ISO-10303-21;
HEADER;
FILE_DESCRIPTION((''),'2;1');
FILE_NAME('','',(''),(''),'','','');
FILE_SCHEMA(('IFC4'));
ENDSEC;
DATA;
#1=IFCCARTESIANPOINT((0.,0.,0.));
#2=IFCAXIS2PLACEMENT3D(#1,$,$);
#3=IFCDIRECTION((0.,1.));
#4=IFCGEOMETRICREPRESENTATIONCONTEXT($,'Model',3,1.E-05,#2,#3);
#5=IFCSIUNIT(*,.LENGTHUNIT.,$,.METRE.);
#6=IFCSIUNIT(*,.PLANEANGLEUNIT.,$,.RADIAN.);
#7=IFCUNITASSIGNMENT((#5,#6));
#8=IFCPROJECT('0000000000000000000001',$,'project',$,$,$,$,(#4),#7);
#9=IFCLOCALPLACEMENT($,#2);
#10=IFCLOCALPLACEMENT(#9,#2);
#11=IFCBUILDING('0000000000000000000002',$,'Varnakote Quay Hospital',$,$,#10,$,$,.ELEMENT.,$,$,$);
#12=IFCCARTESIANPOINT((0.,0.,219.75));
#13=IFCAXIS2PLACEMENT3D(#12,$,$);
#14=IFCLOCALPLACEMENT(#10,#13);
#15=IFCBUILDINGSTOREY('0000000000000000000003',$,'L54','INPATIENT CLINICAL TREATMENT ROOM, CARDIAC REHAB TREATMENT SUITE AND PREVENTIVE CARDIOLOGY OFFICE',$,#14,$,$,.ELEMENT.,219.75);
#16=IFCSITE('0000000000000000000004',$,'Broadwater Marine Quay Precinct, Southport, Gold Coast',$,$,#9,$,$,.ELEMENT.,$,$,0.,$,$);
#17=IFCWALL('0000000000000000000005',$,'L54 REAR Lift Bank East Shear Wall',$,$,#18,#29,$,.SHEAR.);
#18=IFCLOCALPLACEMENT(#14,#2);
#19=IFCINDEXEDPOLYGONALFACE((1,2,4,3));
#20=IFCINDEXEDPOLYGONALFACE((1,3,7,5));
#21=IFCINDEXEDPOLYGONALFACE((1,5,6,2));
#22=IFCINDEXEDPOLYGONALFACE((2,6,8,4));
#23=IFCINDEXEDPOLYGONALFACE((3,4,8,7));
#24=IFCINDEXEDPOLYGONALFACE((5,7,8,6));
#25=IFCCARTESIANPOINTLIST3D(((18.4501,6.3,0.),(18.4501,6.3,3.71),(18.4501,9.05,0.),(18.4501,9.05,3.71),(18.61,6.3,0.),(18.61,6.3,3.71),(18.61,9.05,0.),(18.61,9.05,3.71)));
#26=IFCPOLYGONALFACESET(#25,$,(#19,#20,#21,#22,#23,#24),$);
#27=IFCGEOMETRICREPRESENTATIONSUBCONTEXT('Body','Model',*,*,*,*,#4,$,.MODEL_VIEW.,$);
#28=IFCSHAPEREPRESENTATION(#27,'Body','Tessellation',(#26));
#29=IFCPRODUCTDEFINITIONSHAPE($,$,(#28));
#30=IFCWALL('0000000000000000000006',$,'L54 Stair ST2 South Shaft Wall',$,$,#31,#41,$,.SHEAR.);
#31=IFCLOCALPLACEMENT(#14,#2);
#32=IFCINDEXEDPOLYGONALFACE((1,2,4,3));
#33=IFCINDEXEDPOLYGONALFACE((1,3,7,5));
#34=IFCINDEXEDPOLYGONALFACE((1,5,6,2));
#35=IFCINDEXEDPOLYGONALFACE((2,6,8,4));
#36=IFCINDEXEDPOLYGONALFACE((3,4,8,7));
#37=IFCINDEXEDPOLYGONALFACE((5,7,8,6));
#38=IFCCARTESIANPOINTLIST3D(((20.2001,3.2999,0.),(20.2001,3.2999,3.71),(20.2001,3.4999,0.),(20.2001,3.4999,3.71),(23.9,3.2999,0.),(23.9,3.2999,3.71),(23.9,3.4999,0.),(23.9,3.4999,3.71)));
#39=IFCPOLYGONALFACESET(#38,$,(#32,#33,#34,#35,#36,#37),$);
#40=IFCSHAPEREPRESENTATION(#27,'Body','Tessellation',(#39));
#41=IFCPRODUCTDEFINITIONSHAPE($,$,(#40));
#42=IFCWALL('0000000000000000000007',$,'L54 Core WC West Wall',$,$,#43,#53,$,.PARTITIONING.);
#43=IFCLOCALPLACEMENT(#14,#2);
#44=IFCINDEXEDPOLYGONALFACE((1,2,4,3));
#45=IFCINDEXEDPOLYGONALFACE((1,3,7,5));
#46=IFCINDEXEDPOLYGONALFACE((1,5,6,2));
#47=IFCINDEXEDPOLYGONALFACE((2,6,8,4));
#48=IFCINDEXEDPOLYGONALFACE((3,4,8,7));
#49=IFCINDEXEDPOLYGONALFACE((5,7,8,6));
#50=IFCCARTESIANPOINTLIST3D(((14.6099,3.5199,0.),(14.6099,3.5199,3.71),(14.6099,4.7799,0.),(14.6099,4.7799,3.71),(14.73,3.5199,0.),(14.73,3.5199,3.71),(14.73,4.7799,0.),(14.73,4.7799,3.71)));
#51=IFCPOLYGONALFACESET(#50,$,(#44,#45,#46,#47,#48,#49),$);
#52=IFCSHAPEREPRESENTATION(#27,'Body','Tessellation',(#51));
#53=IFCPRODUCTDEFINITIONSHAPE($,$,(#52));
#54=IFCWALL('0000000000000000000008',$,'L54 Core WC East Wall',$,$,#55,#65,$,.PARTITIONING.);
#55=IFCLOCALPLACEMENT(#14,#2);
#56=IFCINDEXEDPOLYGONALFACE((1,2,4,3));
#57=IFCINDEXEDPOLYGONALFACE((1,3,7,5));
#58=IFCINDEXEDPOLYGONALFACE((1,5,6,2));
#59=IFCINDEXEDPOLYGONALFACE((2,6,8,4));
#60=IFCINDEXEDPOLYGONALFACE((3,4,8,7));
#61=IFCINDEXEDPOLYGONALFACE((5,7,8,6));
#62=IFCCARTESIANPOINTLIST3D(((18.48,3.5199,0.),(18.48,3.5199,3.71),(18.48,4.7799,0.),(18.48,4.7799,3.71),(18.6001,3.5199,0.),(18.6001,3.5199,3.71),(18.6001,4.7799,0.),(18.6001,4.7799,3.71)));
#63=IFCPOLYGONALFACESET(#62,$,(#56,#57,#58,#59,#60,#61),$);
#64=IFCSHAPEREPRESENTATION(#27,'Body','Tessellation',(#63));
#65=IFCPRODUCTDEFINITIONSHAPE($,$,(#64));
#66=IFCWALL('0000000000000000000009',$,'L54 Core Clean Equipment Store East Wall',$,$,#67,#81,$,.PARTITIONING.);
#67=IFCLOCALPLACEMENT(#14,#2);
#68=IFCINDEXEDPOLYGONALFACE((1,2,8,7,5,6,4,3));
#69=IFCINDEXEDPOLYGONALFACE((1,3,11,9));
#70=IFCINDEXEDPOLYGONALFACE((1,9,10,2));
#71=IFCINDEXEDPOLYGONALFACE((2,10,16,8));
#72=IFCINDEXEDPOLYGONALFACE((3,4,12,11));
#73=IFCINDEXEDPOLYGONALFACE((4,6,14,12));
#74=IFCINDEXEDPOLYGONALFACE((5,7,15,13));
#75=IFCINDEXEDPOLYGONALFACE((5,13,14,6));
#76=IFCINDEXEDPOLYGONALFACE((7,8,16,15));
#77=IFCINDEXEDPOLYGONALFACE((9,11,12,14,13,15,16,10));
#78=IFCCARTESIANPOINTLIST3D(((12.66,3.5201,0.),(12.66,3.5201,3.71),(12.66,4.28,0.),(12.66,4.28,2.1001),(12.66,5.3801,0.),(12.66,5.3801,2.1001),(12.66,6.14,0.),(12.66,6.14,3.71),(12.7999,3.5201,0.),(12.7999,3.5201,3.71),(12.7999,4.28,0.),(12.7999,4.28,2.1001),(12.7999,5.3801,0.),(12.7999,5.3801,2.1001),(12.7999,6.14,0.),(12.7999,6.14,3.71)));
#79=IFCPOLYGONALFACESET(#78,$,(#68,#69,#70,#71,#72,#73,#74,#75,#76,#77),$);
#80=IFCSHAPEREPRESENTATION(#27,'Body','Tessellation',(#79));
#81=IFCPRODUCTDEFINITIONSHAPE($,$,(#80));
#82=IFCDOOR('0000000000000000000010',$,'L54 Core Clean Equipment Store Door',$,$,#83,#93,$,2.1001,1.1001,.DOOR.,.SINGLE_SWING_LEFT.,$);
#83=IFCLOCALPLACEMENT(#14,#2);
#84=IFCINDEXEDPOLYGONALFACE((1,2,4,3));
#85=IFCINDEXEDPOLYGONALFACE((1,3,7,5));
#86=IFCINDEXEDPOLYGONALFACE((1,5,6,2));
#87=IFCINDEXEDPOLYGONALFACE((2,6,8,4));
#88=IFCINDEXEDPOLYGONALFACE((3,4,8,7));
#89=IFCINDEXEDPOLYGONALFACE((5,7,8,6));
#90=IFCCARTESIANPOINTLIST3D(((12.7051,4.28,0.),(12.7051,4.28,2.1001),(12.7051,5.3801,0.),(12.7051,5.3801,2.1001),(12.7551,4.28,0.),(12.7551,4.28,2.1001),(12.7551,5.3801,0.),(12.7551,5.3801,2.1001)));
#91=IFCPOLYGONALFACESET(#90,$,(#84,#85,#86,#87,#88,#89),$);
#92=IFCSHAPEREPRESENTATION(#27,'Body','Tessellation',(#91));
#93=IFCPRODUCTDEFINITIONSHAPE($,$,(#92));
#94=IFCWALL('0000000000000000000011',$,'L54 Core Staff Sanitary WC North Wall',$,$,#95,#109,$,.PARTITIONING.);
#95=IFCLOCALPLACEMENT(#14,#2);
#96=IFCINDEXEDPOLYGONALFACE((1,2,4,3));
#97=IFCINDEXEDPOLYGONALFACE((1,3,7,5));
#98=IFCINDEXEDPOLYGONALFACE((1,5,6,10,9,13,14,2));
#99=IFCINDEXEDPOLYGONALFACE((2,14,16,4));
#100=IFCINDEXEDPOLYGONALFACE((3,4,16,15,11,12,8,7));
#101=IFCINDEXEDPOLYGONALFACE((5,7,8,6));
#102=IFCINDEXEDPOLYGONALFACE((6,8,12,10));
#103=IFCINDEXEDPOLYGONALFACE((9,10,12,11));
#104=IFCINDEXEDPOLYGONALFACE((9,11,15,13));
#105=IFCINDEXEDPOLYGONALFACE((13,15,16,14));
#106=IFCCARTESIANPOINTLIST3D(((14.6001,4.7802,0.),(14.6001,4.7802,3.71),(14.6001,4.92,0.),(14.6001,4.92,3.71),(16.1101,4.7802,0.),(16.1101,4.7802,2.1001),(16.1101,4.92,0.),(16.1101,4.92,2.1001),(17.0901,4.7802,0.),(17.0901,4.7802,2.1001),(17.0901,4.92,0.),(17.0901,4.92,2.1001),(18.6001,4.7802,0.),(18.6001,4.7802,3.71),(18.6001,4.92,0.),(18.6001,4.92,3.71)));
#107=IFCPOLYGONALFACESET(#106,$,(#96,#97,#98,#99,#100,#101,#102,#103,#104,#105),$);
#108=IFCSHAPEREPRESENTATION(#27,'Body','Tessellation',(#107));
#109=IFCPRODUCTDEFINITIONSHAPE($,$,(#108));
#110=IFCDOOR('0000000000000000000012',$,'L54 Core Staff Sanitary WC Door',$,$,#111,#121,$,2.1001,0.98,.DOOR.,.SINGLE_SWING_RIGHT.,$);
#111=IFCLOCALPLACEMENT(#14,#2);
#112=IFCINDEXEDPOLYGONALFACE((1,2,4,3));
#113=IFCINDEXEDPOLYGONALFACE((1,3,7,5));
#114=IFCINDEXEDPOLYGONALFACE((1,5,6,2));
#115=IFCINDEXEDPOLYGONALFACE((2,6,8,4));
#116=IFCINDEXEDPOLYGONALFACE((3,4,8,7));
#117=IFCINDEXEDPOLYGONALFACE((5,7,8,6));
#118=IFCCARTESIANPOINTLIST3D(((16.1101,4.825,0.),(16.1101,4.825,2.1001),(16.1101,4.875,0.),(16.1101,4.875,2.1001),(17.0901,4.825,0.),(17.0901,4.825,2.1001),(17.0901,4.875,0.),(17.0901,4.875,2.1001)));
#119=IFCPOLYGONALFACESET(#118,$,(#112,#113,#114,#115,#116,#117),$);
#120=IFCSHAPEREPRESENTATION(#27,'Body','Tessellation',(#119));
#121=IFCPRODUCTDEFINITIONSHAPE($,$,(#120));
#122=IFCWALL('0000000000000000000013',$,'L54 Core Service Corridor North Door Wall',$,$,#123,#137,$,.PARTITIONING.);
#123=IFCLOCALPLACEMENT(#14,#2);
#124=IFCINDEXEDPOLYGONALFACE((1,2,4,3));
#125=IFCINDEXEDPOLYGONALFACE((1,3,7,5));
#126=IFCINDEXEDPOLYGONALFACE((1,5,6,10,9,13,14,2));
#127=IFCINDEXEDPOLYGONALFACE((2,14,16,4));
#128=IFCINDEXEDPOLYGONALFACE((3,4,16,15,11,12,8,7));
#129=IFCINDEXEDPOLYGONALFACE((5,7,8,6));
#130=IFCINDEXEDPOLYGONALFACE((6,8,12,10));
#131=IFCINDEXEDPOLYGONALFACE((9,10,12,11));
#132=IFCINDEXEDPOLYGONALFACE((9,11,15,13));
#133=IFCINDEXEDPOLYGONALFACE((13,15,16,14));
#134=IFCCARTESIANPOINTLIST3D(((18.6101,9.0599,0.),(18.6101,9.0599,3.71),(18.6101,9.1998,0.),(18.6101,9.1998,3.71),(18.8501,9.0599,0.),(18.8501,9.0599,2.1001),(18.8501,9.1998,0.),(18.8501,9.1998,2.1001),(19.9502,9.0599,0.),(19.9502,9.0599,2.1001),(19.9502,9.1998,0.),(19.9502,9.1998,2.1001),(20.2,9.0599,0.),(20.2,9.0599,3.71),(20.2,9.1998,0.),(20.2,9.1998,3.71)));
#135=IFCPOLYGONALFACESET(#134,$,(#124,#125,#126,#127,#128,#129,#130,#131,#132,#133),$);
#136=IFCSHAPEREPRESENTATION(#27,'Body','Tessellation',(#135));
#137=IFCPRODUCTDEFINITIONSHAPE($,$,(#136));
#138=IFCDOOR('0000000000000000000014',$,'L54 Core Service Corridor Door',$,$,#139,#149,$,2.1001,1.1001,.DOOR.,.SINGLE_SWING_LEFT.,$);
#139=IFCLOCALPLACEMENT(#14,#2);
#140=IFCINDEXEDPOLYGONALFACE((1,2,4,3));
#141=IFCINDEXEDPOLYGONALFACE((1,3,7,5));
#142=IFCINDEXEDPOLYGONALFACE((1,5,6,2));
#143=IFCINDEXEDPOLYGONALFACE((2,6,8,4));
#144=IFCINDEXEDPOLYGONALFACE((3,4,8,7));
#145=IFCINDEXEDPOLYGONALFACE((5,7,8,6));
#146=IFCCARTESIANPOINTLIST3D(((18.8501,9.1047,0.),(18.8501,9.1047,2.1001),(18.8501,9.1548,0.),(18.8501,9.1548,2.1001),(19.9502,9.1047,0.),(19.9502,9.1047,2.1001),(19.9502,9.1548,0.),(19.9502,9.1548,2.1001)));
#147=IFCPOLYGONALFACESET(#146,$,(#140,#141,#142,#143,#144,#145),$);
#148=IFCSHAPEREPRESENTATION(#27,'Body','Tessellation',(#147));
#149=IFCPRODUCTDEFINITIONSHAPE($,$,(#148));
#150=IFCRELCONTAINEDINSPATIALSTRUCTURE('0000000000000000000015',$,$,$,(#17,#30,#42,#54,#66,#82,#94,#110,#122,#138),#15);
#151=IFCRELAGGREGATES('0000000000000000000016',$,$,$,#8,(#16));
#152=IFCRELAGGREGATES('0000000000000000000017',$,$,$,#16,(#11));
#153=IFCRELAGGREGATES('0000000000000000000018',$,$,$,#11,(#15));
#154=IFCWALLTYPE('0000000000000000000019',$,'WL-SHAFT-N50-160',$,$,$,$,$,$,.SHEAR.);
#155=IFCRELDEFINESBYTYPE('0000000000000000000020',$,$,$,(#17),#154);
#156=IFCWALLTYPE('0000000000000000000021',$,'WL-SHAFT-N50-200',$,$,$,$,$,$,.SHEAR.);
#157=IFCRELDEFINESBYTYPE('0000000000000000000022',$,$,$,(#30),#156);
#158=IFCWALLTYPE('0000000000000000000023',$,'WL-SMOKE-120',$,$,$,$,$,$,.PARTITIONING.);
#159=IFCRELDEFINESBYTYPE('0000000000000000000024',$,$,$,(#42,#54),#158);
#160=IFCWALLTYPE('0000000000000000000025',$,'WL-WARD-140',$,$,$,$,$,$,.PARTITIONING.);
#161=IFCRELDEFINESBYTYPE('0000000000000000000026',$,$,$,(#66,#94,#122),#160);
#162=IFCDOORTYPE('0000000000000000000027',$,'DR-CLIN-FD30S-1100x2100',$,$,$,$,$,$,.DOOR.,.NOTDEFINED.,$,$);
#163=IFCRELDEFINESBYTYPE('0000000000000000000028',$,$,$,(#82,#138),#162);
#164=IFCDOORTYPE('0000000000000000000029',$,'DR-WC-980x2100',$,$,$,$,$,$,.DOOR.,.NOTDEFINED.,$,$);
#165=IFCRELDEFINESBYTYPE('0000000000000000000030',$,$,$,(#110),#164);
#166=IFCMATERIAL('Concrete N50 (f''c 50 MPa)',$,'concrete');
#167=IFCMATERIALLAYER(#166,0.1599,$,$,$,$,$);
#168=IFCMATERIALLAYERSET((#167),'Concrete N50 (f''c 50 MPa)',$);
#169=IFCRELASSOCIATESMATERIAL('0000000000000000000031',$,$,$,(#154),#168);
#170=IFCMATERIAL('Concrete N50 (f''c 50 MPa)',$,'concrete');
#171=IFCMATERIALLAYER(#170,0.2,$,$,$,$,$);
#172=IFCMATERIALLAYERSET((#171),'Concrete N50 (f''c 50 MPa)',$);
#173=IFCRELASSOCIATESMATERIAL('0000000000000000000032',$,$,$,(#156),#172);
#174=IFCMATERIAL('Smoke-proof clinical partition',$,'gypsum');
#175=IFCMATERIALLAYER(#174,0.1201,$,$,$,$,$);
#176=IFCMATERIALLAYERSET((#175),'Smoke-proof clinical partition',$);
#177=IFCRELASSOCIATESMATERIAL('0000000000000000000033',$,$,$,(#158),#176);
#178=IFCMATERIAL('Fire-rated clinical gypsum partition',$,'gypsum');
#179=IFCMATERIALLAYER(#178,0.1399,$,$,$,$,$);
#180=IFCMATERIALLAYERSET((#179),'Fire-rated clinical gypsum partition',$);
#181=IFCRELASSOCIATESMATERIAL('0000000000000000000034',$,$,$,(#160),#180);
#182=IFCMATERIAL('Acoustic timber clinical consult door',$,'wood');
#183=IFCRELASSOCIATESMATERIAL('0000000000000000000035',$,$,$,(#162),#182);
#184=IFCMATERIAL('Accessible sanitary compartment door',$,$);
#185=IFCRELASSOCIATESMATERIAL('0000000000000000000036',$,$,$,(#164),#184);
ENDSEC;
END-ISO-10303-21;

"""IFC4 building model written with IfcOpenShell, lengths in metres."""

from ifc_helpers import new_model, si_unit, direction, frame, frame_2d, origin, place, context, subcontext, project, spatial, rectangle, extrude, material, layer, layer_set, type_object, element, fill, save


model = new_model("IFC4")

# Units and contexts
model_context = context("Model", 3, precision=1e-05, world=origin(), true_north=direction((0.0, 1.0)))
body_context = subcontext(model_context, "Body", "Model", "MODEL_VIEW")
ifc_project = project(units=[si_unit("LENGTHUNIT", "METRE"), si_unit("PLANEANGLEUNIT", "RADIAN")], contexts=[model_context])

# Site, building, storey
site_placement = place(None, origin())
site = spatial("IfcSite", under=ifc_project, at=site_placement, Name="Broadwater Marine Quay Precinct, Southport, Gold Coast", CompositionType="ELEMENT", RefElevation=0.0)
building_placement = place(site_placement, origin())
building = spatial("IfcBuilding", under=site, at=building_placement, Name="Varnakote Quay Hospital", CompositionType="ELEMENT")
storey_placement = place(building_placement, frame((0.0, 0.0, 219.75)))
storey = spatial("IfcBuildingStorey", under=building, at=storey_placement, Name="L54", Description="INPATIENT CLINICAL TREATMENT ROOM, CARDIAC REHAB TREATMENT SUITE AND PREVENTIVE CARDIOLOGY OFFICE", CompositionType="ELEMENT", Elevation=219.75)

# Wall
ifc_material_1 = material(Name="Concrete N50 (f'c 50 MPa)", Category="concrete")
ifc_layer_1 = layer(ifc_material_1, 0.1599)
ifc_layer_set_1 = layer_set([ifc_layer_1], Name="Concrete N50 (f'c 50 MPa)")
wall_type_1 = type_object("IfcWallType", Name="WL-SHAFT-N50-160", PredefinedType="SHEAR", material=ifc_layer_set_1)
wall_1_placement = place(storey_placement, frame((18.53, 6.3, 0.0), z_axis=(0.0, 0.0, 1.0), x_axis=(0.0, 1.0, 0.0)))
element("IfcWall", 1, at=wall_1_placement, inside=storey, type_object=wall_type_1, Name="L54 REAR Lift Bank East Shear Wall", PredefinedType="SHEAR", context=body_context, shape_type="SweptSolid", body=[
    extrude(rectangle(XDim=2.75, YDim=0.1599, at=frame_2d((1.375, 0.0))), origin(), (0.0, 0.0, 1.0), 3.71),
])

# Walls
ifc_material_2 = material(Name="Concrete N50 (f'c 50 MPa)", Category="concrete")
ifc_layer_2 = layer(ifc_material_2, 0.2)
ifc_layer_set_2 = layer_set([ifc_layer_2], Name="Concrete N50 (f'c 50 MPa)")
wall_type_2 = type_object("IfcWallType", Name="WL-SHAFT-N50-200", PredefinedType="SHEAR", material=ifc_layer_set_2)
wall_2_placement = place(storey_placement, frame((20.2, 3.3999, 0.0), z_axis=(0.0, 0.0, 1.0), x_axis=(1.0, 0.0, 0.0)))
element("IfcWall", 2, at=wall_2_placement, inside=storey, type_object=wall_type_2, Name="L54 Stair ST2 South Shaft Wall", PredefinedType="SHEAR", context=body_context, shape_type="SweptSolid", body=[
    extrude(rectangle(XDim=3.7, YDim=0.2, at=frame_2d((1.8501, 0.0))), origin(), (0.0, 0.0, 1.0), 3.71),
])
ifc_material_3 = material(Name="Smoke-proof clinical partition", Category="gypsum")
ifc_layer_3 = layer(ifc_material_3, 0.1201)
ifc_layer_set_3 = layer_set([ifc_layer_3], Name="Smoke-proof clinical partition")
wall_type_3 = type_object("IfcWallType", Name="WL-SMOKE-120", PredefinedType="PARTITIONING", material=ifc_layer_set_3)
for number, where, z_axis, x_axis, name in (
    (3, (14.6699, 3.52, 0.0), (0.0, 0.0, 1.0), (0.0, 1.0, 0.0), "L54 Core WC West Wall"),
    (4, (18.54, 3.52, 0.0), (0.0, 0.0, 1.0), (0.0, 1.0, 0.0), "L54 Core WC East Wall"),
):
    element("IfcWall", number, at=place(storey_placement, frame(where, z_axis=z_axis, x_axis=x_axis)), inside=storey, type_object=wall_type_3, Name=name, PredefinedType="PARTITIONING", context=body_context, shape_type="SweptSolid", body=[
        extrude(rectangle(XDim=1.26, YDim=0.1201, at=frame_2d((0.6299, 0.0))), origin(), (0.0, 0.0, 1.0), 3.71),
    ])

# Walls, openings, doors
ifc_material_4 = material(Name="Fire-rated clinical gypsum partition", Category="gypsum")
ifc_layer_4 = layer(ifc_material_4, 0.1399)
ifc_layer_set_4 = layer_set([ifc_layer_4], Name="Fire-rated clinical gypsum partition")
wall_type_4 = type_object("IfcWallType", Name="WL-WARD-140", PredefinedType="PARTITIONING", material=ifc_layer_set_4)
wall_3_placement = place(storey_placement, frame((12.73, 3.52, 0.0), z_axis=(0.0, 0.0, 1.0), x_axis=(0.0, 1.0, 0.0)))
wall_3 = element("IfcWall", 5, at=wall_3_placement, inside=storey, type_object=wall_type_4, Name="L54 Core Clean Equipment Store East Wall", PredefinedType="PARTITIONING", context=body_context, shape_type="SweptSolid", body=[
    extrude(rectangle(XDim=2.6199, YDim=0.1399, at=frame_2d((1.3101, 0.0))), origin(), (0.0, 0.0, 1.0), 3.71),
])
opening_1_placement = place(wall_3_placement, frame((0.76, 0.0, 0.0)))
opening_1 = element("IfcOpeningElement", 6, at=opening_1_placement, cuts=wall_3, PredefinedType="OPENING", context=body_context, shape_type="SweptSolid", body=[
    extrude(rectangle(XDim=1.1001, YDim=2.1001, at=frame_2d((0.55, 1.05))), frame((0.0, 0.0798, 0.0), z_axis=(0.0, -1.0, 0.0), x_axis=(1.0, 0.0, 0.0)), (0.0, 0.0, 1.0), 0.1599),
])
ifc_material_5 = material(Name="Acoustic timber clinical consult door", Category="wood")
door_type_1 = type_object("IfcDoorType", Name="DR-CLIN-FD30S-1100x2100", OperationType="NOTDEFINED", PredefinedType="DOOR", material=ifc_material_5)
door_1_placement = place(opening_1_placement, origin())
door_1 = element("IfcDoor", 7, at=door_1_placement, inside=storey, type_object=door_type_1, Name="L54 Core Clean Equipment Store Door", OperationType="SINGLE_SWING_LEFT", OverallHeight=2.1001, OverallWidth=1.1001, PredefinedType="DOOR", context=body_context, shape_type="SweptSolid", body=[
    extrude(rectangle(XDim=1.1001, YDim=2.1001, at=frame_2d((0.55, 1.05))), frame((0.0, 0.0249, 0.0), z_axis=(0.0, -1.0, 0.0), x_axis=(1.0, 0.0, 0.0)), (0.0, 0.0, 1.0), 0.05),
])
fill(opening_1, door_1)
wall_4_placement = place(storey_placement, frame((14.6001, 4.8501, 0.0), z_axis=(0.0, 0.0, 1.0), x_axis=(1.0, 0.0, 0.0)))
wall_4 = element("IfcWall", 8, at=wall_4_placement, inside=storey, type_object=wall_type_4, Name="L54 Core Staff Sanitary WC North Wall", PredefinedType="PARTITIONING", context=body_context, shape_type="SweptSolid", body=[
    extrude(rectangle(XDim=4.0, YDim=0.1399, at=frame_2d((2.0, 0.0))), origin(), (0.0, 0.0, 1.0), 3.71),
])
opening_2_placement = place(wall_4_placement, frame((1.51, 0.0, 0.0)))
opening_2 = element("IfcOpeningElement", 9, at=opening_2_placement, cuts=wall_4, PredefinedType="OPENING", context=body_context, shape_type="SweptSolid", body=[
    extrude(rectangle(XDim=0.98, YDim=2.1001, at=frame_2d((0.49, 1.05))), frame((0.0, 0.0798, 0.0), z_axis=(0.0, -1.0, 0.0), x_axis=(1.0, 0.0, 0.0)), (0.0, 0.0, 1.0), 0.1599),
])
ifc_material_6 = material(Name="Accessible sanitary compartment door")
door_type_2 = type_object("IfcDoorType", Name="DR-WC-980x2100", OperationType="NOTDEFINED", PredefinedType="DOOR", material=ifc_material_6)
door_2_placement = place(opening_2_placement, origin())
door_2 = element("IfcDoor", 10, at=door_2_placement, inside=storey, type_object=door_type_2, Name="L54 Core Staff Sanitary WC Door", OperationType="SINGLE_SWING_RIGHT", OverallHeight=2.1001, OverallWidth=0.98, PredefinedType="DOOR", context=body_context, shape_type="SweptSolid", body=[
    extrude(rectangle(XDim=0.98, YDim=2.1001, at=frame_2d((0.49, 1.05))), frame((0.0, 0.0249, 0.0), z_axis=(0.0, -1.0, 0.0), x_axis=(1.0, 0.0, 0.0)), (0.0, 0.0, 1.0), 0.05),
])
fill(opening_2, door_2)
wall_5_placement = place(storey_placement, frame((18.6101, 9.1299, 0.0), z_axis=(0.0, 0.0, 1.0), x_axis=(1.0, 0.0, 0.0)))
wall_5 = element("IfcWall", 11, at=wall_5_placement, inside=storey, type_object=wall_type_4, Name="L54 Core Service Corridor North Door Wall", PredefinedType="PARTITIONING", context=body_context, shape_type="SweptSolid", body=[
    extrude(rectangle(XDim=1.5898, YDim=0.1399, at=frame_2d((0.7949, 0.0))), origin(), (0.0, 0.0, 1.0), 3.71),
])
opening_3_placement = place(wall_5_placement, frame((0.24, 0.0, 0.0)))
opening_3 = element("IfcOpeningElement", 12, at=opening_3_placement, cuts=wall_5, PredefinedType="OPENING", context=body_context, shape_type="SweptSolid", body=[
    extrude(rectangle(XDim=1.1001, YDim=2.1001, at=frame_2d((0.55, 1.05))), frame((0.0, 0.0798, 0.0), z_axis=(0.0, -1.0, 0.0), x_axis=(1.0, 0.0, 0.0)), (0.0, 0.0, 1.0), 0.1599),
])
door_3_placement = place(opening_3_placement, origin())
door_3 = element("IfcDoor", 13, at=door_3_placement, inside=storey, type_object=door_type_1, Name="L54 Core Service Corridor Door", OperationType="SINGLE_SWING_LEFT", OverallHeight=2.1001, OverallWidth=1.1001, PredefinedType="DOOR", context=body_context, shape_type="SweptSolid", body=[
    extrude(rectangle(XDim=1.1001, YDim=2.1001, at=frame_2d((0.55, 1.05))), frame((0.0, 0.0249, 0.0), z_axis=(0.0, -1.0, 0.0), x_axis=(1.0, 0.0, 0.0)), (0.0, 0.0, 1.0), 0.05),
])
fill(opening_3, door_3)

save(model, "model.ifc")
